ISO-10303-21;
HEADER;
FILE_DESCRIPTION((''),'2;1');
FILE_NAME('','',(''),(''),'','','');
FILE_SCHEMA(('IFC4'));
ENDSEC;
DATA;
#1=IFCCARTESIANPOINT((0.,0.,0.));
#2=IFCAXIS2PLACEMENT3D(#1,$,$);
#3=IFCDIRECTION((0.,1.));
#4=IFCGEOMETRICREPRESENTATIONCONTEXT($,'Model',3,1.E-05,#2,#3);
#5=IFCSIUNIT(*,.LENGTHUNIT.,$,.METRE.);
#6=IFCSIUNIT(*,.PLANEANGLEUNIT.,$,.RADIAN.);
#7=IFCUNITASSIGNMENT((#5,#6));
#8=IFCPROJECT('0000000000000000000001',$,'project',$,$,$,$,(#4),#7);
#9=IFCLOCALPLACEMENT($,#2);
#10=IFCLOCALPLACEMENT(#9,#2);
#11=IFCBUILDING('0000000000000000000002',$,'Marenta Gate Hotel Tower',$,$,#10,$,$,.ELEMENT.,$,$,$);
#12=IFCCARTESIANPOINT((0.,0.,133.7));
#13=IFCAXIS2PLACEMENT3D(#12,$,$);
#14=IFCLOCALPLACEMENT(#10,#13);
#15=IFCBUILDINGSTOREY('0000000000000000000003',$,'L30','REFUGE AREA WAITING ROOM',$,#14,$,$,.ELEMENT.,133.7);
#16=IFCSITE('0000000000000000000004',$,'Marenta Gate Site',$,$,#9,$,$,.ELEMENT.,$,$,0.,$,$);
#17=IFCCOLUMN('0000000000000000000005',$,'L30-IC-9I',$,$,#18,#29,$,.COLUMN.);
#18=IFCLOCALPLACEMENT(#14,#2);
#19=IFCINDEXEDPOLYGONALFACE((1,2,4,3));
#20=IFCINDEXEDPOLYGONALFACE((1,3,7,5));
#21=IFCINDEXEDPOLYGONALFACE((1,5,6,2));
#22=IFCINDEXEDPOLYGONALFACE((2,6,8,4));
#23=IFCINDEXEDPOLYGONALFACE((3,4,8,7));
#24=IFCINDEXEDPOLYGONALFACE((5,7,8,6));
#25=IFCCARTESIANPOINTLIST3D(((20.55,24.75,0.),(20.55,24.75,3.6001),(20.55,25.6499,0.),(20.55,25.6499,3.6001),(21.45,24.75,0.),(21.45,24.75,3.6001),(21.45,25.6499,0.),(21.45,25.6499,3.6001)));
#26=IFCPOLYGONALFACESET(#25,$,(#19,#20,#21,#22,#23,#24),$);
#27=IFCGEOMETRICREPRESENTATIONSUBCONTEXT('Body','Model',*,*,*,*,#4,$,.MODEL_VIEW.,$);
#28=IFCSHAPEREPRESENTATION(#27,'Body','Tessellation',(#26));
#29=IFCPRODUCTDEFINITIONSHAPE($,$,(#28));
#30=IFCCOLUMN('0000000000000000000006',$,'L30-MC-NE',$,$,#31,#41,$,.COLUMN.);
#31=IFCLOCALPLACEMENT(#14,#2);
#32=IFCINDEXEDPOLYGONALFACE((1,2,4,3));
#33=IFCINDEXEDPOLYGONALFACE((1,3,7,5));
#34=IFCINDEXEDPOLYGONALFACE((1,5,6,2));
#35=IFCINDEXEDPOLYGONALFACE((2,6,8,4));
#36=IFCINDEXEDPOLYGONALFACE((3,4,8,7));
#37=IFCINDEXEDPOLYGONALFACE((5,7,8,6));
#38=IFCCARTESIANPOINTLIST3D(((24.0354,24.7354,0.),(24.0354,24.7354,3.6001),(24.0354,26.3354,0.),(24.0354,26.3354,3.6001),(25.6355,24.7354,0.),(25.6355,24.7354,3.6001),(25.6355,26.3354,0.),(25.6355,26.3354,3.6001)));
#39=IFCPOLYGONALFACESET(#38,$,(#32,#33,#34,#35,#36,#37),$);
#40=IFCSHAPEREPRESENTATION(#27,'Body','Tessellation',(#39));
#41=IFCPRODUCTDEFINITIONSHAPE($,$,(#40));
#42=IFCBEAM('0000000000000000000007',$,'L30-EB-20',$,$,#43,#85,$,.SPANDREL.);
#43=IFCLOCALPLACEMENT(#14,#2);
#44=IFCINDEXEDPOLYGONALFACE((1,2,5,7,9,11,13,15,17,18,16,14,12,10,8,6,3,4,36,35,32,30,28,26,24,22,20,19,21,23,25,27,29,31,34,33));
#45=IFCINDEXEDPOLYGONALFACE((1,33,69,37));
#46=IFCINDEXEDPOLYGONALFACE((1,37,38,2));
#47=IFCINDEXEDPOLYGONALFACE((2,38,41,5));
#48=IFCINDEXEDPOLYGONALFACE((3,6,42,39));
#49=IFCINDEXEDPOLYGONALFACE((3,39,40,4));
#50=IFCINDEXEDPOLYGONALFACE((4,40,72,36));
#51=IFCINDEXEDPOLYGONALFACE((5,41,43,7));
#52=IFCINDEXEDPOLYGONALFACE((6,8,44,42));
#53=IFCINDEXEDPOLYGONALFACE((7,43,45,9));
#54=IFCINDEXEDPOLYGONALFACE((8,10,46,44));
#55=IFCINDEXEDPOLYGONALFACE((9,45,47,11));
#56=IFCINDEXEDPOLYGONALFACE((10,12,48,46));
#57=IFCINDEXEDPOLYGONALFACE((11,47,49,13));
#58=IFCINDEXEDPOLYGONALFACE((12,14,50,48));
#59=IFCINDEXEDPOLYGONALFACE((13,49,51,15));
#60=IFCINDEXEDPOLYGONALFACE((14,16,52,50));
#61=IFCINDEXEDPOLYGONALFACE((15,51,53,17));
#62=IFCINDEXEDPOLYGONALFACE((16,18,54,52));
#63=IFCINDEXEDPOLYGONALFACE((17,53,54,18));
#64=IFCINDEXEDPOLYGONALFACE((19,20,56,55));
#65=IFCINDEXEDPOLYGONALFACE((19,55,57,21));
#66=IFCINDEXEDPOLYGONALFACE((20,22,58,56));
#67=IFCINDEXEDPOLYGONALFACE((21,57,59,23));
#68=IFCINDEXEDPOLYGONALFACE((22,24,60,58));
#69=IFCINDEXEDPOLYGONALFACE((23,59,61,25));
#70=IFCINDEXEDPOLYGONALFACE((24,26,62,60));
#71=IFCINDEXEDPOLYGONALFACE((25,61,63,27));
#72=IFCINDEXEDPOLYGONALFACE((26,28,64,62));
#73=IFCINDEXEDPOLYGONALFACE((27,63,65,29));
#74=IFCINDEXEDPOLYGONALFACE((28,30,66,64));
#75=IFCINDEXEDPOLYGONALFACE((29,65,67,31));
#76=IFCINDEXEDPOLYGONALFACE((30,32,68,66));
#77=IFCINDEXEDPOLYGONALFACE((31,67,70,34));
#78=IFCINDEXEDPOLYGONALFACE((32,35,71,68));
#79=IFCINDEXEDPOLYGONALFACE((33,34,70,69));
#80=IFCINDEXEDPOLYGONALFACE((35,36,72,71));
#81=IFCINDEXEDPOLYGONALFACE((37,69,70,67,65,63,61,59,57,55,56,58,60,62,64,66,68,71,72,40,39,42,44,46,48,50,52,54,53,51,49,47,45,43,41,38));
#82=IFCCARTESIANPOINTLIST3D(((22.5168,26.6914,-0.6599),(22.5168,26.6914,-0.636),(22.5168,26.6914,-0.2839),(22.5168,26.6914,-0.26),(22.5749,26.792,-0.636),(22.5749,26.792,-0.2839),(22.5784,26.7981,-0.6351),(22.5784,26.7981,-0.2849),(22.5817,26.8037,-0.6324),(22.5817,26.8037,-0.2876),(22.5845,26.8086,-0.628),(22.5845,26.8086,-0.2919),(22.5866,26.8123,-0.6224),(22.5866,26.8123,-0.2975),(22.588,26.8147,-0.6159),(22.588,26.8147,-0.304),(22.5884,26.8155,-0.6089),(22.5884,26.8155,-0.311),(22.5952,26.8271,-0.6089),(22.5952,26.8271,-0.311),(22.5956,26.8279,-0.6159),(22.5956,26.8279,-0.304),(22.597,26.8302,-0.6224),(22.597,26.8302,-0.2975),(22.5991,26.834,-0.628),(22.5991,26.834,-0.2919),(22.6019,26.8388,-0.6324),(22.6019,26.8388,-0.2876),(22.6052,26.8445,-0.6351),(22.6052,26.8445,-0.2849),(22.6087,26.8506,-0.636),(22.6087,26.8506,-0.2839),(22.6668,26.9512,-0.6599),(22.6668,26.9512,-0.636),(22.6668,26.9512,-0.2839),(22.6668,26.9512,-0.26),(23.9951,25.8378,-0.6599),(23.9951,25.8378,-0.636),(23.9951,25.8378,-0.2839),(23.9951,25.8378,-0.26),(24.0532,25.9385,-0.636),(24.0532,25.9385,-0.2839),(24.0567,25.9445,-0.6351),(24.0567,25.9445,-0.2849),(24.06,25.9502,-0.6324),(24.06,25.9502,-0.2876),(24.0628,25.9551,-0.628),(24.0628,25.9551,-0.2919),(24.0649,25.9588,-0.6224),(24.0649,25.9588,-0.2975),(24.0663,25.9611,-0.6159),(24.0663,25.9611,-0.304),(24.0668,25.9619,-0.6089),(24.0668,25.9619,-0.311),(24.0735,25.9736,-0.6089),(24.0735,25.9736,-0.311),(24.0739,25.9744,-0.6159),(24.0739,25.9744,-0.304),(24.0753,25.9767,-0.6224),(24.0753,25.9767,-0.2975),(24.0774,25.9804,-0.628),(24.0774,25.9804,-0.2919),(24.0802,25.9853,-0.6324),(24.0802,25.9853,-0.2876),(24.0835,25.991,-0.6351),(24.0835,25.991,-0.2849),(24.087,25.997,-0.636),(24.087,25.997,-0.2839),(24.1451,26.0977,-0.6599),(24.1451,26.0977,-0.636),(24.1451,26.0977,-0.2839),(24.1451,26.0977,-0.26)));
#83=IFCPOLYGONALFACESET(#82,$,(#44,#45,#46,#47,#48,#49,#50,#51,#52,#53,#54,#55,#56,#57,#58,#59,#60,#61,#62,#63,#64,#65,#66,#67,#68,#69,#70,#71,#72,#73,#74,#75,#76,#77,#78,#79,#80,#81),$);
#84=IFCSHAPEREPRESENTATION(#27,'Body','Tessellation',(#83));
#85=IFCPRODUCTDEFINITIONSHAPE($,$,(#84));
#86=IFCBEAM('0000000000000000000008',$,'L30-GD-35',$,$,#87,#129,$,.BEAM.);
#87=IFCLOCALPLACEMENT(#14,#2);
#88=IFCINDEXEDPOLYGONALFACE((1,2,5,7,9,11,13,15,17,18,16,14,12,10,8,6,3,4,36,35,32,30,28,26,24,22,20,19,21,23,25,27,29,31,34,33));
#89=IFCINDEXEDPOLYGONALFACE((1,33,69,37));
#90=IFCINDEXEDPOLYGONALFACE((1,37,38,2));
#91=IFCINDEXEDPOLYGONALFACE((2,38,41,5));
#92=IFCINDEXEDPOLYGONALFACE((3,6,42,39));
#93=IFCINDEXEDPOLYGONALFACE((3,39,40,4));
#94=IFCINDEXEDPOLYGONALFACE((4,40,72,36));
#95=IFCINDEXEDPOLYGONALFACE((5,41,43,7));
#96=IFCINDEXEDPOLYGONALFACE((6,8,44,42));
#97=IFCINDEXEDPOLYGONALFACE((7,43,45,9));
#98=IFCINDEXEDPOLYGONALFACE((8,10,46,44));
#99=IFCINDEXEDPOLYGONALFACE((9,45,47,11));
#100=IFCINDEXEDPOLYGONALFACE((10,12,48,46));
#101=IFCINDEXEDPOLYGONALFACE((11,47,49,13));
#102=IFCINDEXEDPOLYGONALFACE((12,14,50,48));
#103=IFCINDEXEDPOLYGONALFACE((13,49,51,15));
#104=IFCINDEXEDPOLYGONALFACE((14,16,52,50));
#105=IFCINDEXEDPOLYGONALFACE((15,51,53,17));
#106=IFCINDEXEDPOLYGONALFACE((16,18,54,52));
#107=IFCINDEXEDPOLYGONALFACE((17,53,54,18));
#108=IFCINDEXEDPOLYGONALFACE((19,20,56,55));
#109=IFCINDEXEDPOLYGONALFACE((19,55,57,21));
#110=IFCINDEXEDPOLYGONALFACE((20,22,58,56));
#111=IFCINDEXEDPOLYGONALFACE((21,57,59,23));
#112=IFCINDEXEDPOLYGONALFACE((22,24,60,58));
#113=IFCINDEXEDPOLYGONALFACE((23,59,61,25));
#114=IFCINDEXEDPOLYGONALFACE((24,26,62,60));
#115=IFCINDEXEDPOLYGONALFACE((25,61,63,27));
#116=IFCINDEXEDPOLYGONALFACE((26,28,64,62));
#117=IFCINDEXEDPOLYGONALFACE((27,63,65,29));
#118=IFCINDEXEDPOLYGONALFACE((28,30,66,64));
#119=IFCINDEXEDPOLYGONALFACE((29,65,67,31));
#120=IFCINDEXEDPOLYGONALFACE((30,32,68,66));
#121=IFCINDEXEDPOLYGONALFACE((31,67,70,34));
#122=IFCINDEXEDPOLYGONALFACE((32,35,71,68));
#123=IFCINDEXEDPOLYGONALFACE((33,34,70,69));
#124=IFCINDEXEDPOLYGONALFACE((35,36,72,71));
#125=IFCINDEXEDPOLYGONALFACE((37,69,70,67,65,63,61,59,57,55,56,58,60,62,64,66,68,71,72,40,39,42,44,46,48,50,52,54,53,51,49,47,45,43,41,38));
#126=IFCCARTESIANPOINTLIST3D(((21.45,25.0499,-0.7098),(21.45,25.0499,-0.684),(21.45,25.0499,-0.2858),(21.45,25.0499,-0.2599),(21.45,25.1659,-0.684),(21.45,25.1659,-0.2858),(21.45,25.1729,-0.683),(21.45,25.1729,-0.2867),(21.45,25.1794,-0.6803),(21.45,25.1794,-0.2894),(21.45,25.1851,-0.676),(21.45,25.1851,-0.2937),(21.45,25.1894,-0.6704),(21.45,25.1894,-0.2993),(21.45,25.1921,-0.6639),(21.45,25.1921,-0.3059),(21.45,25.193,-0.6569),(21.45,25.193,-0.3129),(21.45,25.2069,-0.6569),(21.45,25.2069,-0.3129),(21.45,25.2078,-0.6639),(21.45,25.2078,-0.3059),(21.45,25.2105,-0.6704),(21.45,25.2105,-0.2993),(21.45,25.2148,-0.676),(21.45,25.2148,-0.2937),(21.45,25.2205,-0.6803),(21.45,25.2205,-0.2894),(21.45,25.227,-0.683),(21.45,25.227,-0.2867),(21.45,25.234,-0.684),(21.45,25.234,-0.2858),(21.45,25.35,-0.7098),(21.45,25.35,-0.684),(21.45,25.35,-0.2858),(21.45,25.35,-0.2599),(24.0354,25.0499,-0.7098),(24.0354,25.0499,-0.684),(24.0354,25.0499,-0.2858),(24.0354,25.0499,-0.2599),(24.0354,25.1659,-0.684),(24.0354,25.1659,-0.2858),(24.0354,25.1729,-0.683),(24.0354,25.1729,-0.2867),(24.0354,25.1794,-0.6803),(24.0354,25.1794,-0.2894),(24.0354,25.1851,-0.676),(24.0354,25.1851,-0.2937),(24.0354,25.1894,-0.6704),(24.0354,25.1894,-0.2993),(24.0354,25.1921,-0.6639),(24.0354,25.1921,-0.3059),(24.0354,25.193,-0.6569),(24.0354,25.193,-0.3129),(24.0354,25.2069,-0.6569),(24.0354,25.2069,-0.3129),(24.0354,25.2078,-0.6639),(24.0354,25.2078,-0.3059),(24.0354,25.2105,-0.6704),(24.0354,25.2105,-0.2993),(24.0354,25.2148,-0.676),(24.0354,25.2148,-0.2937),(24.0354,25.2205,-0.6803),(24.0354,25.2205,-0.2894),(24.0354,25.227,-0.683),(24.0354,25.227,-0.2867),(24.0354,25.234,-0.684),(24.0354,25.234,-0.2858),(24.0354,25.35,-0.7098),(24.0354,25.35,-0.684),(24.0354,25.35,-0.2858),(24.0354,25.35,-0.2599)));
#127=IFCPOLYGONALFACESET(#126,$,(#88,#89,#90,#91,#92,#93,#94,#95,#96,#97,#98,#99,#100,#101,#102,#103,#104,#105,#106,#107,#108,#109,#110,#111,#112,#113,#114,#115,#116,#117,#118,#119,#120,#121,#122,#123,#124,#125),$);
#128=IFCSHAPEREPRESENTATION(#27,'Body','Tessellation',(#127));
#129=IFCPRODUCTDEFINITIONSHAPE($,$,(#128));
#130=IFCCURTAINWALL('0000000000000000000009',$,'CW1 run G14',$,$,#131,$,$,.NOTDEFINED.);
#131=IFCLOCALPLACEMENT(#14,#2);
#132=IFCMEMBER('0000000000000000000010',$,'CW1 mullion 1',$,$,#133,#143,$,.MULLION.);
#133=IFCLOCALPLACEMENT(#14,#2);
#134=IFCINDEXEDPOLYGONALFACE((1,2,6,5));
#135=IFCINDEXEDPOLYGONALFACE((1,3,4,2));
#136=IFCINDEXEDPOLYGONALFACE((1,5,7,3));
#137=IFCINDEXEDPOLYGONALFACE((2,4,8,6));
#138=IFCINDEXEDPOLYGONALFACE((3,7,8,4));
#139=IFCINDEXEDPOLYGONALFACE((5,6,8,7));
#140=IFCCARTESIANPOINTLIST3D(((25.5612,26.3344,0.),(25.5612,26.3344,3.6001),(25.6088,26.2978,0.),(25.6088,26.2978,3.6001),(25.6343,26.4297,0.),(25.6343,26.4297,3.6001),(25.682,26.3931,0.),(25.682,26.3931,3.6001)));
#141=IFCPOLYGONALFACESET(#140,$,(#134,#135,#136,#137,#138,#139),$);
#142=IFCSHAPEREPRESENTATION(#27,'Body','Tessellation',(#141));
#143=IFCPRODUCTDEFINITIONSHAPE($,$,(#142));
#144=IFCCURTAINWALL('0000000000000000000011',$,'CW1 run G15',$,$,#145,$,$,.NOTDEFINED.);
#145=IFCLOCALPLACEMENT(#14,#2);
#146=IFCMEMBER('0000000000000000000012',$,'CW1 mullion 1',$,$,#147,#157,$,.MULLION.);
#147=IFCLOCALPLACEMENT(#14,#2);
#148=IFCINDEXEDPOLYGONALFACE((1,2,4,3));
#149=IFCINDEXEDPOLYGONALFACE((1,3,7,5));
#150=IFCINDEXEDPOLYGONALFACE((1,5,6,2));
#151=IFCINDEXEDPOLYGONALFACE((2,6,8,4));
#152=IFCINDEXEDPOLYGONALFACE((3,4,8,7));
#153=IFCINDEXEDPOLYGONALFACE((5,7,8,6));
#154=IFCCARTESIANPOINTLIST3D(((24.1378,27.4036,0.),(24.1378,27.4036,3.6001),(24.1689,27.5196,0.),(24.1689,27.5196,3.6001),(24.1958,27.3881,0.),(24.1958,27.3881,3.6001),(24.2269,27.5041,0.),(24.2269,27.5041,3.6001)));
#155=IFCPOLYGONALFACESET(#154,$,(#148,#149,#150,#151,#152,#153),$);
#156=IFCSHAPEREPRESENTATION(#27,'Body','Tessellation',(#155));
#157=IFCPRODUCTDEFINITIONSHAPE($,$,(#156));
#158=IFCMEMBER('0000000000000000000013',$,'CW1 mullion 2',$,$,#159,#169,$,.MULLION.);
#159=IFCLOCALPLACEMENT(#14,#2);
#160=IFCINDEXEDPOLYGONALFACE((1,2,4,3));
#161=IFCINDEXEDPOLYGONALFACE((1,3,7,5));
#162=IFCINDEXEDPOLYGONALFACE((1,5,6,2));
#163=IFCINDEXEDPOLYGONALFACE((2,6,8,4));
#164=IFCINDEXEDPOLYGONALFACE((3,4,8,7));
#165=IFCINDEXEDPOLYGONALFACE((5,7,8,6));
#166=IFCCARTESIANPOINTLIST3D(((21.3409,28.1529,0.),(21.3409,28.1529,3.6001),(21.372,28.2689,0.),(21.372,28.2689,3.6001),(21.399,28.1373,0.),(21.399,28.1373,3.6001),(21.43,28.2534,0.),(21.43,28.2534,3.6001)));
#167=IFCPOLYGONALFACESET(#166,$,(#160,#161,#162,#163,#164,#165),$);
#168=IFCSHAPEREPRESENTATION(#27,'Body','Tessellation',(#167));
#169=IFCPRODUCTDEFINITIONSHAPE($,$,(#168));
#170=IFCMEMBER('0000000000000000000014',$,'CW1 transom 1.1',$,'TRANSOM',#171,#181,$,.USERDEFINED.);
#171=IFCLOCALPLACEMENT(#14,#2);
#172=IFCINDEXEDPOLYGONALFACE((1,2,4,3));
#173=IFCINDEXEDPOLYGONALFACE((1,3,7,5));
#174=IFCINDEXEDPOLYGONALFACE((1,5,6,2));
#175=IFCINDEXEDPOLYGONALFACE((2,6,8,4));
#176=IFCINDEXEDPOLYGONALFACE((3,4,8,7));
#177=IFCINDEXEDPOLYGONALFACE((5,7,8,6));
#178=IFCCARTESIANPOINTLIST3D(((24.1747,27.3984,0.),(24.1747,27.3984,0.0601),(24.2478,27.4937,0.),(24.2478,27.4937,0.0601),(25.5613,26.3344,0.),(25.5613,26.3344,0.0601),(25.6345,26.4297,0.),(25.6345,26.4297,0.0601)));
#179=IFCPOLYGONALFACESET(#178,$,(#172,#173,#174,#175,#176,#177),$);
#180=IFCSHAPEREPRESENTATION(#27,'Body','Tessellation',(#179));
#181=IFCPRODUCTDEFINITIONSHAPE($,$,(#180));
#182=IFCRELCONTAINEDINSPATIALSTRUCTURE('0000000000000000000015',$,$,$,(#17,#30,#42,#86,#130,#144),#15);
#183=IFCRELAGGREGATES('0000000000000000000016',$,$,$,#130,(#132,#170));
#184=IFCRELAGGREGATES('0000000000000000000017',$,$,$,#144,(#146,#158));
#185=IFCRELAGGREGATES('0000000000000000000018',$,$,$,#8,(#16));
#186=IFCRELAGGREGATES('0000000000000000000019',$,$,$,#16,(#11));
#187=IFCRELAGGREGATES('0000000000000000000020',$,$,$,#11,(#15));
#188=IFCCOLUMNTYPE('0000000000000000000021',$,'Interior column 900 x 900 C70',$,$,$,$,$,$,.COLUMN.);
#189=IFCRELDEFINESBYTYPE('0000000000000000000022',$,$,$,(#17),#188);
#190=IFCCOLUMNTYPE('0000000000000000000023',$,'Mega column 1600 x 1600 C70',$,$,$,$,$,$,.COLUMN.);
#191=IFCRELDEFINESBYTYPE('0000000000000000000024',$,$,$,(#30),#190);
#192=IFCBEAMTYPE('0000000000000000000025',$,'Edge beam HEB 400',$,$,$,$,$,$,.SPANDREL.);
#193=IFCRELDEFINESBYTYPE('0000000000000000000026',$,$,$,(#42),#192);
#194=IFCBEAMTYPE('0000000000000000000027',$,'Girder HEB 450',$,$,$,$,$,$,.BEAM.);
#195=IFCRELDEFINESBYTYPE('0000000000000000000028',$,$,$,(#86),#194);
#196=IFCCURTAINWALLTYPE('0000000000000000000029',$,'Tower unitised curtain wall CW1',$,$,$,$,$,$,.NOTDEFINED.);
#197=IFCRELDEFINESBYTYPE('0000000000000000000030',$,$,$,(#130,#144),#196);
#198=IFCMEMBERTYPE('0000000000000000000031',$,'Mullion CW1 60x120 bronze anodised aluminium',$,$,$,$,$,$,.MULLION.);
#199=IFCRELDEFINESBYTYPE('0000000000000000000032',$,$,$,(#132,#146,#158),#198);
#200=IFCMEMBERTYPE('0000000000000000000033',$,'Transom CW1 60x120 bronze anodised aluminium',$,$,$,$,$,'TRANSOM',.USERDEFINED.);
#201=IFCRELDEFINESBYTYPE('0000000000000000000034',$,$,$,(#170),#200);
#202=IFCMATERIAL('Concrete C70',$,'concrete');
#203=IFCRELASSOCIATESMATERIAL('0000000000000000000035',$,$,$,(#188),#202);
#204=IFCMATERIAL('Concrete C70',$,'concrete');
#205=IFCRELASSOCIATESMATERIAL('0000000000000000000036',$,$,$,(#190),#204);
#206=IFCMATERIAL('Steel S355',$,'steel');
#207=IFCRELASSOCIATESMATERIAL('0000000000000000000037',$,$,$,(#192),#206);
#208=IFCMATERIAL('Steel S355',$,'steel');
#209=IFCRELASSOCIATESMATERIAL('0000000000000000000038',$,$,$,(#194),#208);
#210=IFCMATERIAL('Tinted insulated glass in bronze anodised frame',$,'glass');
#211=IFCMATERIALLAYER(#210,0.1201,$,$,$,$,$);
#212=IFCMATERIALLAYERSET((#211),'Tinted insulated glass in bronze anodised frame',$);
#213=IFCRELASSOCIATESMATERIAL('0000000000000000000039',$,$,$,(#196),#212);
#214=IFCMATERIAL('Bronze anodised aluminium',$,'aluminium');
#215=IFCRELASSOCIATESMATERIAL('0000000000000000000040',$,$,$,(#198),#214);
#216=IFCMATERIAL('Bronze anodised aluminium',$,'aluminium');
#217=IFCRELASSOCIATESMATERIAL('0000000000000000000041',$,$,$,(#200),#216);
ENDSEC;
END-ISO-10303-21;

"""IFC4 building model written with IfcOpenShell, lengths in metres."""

from ifc_helpers import new_model, si_unit, direction, frame, origin, origin_2d, place, context, subcontext, project, spatial, rectangle, i_section, extrude, material, layer, layer_set, material_profile, profile_set, type_object, element, aggregate, save


model = new_model("IFC4")

# Units and contexts
model_context = context("Model", 3, precision=1e-05, world=origin(), true_north=direction((0.0, 1.0)))
body_context = subcontext(model_context, "Body", "Model", "MODEL_VIEW")
ifc_project = project(units=[si_unit("LENGTHUNIT", "METRE"), si_unit("PLANEANGLEUNIT", "RADIAN")], contexts=[model_context])

# Site, building, storey
site_placement = place(None, origin())
site = spatial("IfcSite", under=ifc_project, at=site_placement, Name="Marenta Gate Site", CompositionType="ELEMENT", RefElevation=0.0)
building_placement = place(site_placement, origin())
building = spatial("IfcBuilding", under=site, at=building_placement, Name="Marenta Gate Hotel Tower", CompositionType="ELEMENT")
storey_placement = place(building_placement, frame((0.0, 0.0, 133.7)))
storey = spatial("IfcBuildingStorey", under=building, at=storey_placement, Name="L30", Description="REFUGE AREA WAITING ROOM", CompositionType="ELEMENT", Elevation=133.7)

# Columns
ifc_material_1 = material(Name="Concrete C70", Category="concrete")
ifc_material_profile_1 = material_profile(ifc_material_1, rectangle(XDim=0.8999, YDim=0.8999, at=origin_2d()), Name="900 x 900")
ifc_profile_set_1 = profile_set([ifc_material_profile_1], Name="Concrete C70")
column_type_1 = type_object("IfcColumnType", Name="Interior column 900 x 900 C70", PredefinedType="COLUMN", material=ifc_profile_set_1)
column_1_placement = place(storey_placement, frame((21.0, 25.2, 0.0), z_axis=(0.0, 0.0, 1.0), x_axis=(1.0, 0.0, 0.0)))
element("IfcColumn", 1, at=column_1_placement, inside=storey, type_object=column_type_1, Name="L30-IC-9I", PredefinedType="COLUMN", context=body_context, shape_type="SweptSolid", body=[
    extrude(rectangle(XDim=0.8999, YDim=0.8999, at=origin_2d()), origin(), (0.0, 0.0, 1.0), 3.6001),
])
ifc_material_2 = material(Name="Concrete C70", Category="concrete")
ifc_material_profile_2 = material_profile(ifc_material_2, rectangle(XDim=1.6001, YDim=1.6001, at=origin_2d()), Name="1600 x 1600")
ifc_profile_set_2 = profile_set([ifc_material_profile_2], Name="Concrete C70")
column_type_2 = type_object("IfcColumnType", Name="Mega column 1600 x 1600 C70", PredefinedType="COLUMN", material=ifc_profile_set_2)
column_2_placement = place(storey_placement, frame((24.8354, 25.5354, 0.0), z_axis=(0.0, 0.0, 1.0), x_axis=(1.0, 0.0, 0.0)))
element("IfcColumn", 2, at=column_2_placement, inside=storey, type_object=column_type_2, Name="L30-MC-NE", PredefinedType="COLUMN", context=body_context, shape_type="SweptSolid", body=[
    extrude(rectangle(XDim=1.6001, YDim=1.6001, at=origin_2d()), origin(), (0.0, 0.0, 1.0), 3.6001),
])

# Beams
ifc_material_3 = material(Name="Steel S355", Category="steel")
ifc_material_profile_3 = material_profile(ifc_material_3, i_section(OverallWidth=0.3, OverallDepth=0.3999, WebThickness=0.0134, FlangeThickness=0.0239, FilletRadius=0.0271, at=origin_2d()), Name="HEB 400")
ifc_profile_set_3 = profile_set([ifc_material_profile_3], Name="Steel S355")
beam_type_1 = type_object("IfcBeamType", Name="Edge beam HEB 400", PredefinedType="SPANDREL", material=ifc_profile_set_3)
beam_1_placement = place(storey_placement, frame((22.5918, 26.8213, -0.46), z_axis=(0.866016, -0.500015, 0.0), x_axis=(0.500015, 0.866016, 0.0)))
element("IfcBeam", 3, at=beam_1_placement, inside=storey, type_object=beam_type_1, Name="L30-EB-20", PredefinedType="SPANDREL", context=body_context, shape_type="SweptSolid", body=[
    extrude(i_section(OverallWidth=0.3, OverallDepth=0.3999, WebThickness=0.0134, FlangeThickness=0.0239, FilletRadius=0.0271, at=origin_2d()), origin(), (0.0, 0.0, 1.0), 1.707),
])
ifc_material_4 = material(Name="Steel S355", Category="steel")
ifc_material_profile_4 = material_profile(ifc_material_4, i_section(OverallWidth=0.3, OverallDepth=0.45, WebThickness=0.0139, FlangeThickness=0.0259, FilletRadius=0.0271, at=origin_2d()), Name="HEB 450")
ifc_profile_set_4 = profile_set([ifc_material_profile_4], Name="Steel S355")
beam_type_2 = type_object("IfcBeamType", Name="Girder HEB 450", PredefinedType="BEAM", material=ifc_profile_set_4)
beam_2_placement = place(storey_placement, frame((21.45, 25.2, -0.4849), z_axis=(1.0, 0.0, 0.0), x_axis=(0.0, 1.0, 0.0)))
element("IfcBeam", 4, at=beam_2_placement, inside=storey, type_object=beam_type_2, Name="L30-GD-35", PredefinedType="BEAM", context=body_context, shape_type="SweptSolid", body=[
    extrude(i_section(OverallWidth=0.3, OverallDepth=0.45, WebThickness=0.0139, FlangeThickness=0.0259, FilletRadius=0.0271, at=origin_2d()), origin(), (0.0, 0.0, 1.0), 2.5854),
])

# Curtain wall, member
ifc_material_5 = material(Name="Tinted insulated glass in bronze anodised frame", Category="glass")
ifc_layer_1 = layer(ifc_material_5, 0.1201)
ifc_layer_set_1 = layer_set([ifc_layer_1], Name="Tinted insulated glass in bronze anodised frame")
curtain_wall_type = type_object("IfcCurtainWallType", Name="Tower unitised curtain wall CW1", PredefinedType="NOTDEFINED", material=ifc_layer_set_1)
curtain_wall_1_placement = place(storey_placement, origin())
curtain_wall_1 = element("IfcCurtainWall", 5, at=curtain_wall_1_placement, inside=storey, type_object=curtain_wall_type, Name="CW1 run G14", PredefinedType="NOTDEFINED")
ifc_material_6 = material(Name="Bronze anodised aluminium", Category="aluminium")
ifc_material_profile_5 = material_profile(ifc_material_6, rectangle(XDim=0.1201, YDim=0.0601, at=origin_2d()), Name="Mullion CW1 60x120 bronze anodised aluminium")
ifc_profile_set_5 = profile_set([ifc_material_profile_5], Name="Bronze anodised aluminium")
member_type_1 = type_object("IfcMemberType", Name="Mullion CW1 60x120 bronze anodised aluminium", PredefinedType="MULLION", material=ifc_profile_set_5)
member_1_placement = place(storey_placement, frame((25.6216, 26.3638, 0.0), z_axis=(0.0, 0.0, 1.0), x_axis=(-0.608796, -0.793327, 0.0)))
member_1 = element("IfcMember", 6, at=member_1_placement, type_object=member_type_1, Name="CW1 mullion 1", PredefinedType="MULLION", context=body_context, shape_type="SweptSolid", body=[
    extrude(rectangle(XDim=0.1201, YDim=0.0601, at=origin_2d()), origin(), (0.0, 0.0, 1.0), 3.6001),
])

# Curtain wall, members
curtain_wall_2_placement = place(storey_placement, origin())
curtain_wall_2 = element("IfcCurtainWall", 7, at=curtain_wall_2_placement, inside=storey, type_object=curtain_wall_type, Name="CW1 run G15", PredefinedType="NOTDEFINED")
member_2_placement = place(storey_placement, frame((24.1824, 27.4539, 0.0), z_axis=(0.0, 0.0, 1.0), x_axis=(-0.258806, -0.965929, 0.0)))
member_2 = element("IfcMember", 8, at=member_2_placement, type_object=member_type_1, Name="CW1 mullion 1", PredefinedType="MULLION", context=body_context, shape_type="SweptSolid", body=[
    extrude(rectangle(XDim=0.1201, YDim=0.0601, at=origin_2d()), origin(), (0.0, 0.0, 1.0), 3.6001),
])
member_3_placement = place(storey_placement, frame((21.3855, 28.2031, 0.0), z_axis=(0.0, 0.0, 1.0), x_axis=(-0.258806, -0.965929, 0.0)))
member_3 = element("IfcMember", 9, at=member_3_placement, type_object=member_type_1, Name="CW1 mullion 2", PredefinedType="MULLION", context=body_context, shape_type="SweptSolid", body=[
    extrude(rectangle(XDim=0.1201, YDim=0.0601, at=origin_2d()), origin(), (0.0, 0.0, 1.0), 3.6001),
])

# Member
ifc_material_7 = material(Name="Bronze anodised aluminium", Category="aluminium")
ifc_material_profile_6 = material_profile(ifc_material_7, rectangle(XDim=0.1201, YDim=0.0601, at=origin_2d()), Name="Transom CW1 60x120 bronze anodised aluminium")
ifc_profile_set_6 = profile_set([ifc_material_profile_6], Name="Bronze anodised aluminium")
member_type_2 = type_object("IfcMemberType", Name="Transom CW1 60x120 bronze anodised aluminium", ElementType="TRANSOM", PredefinedType="USERDEFINED", material=ifc_profile_set_6)
member_4_placement = place(storey_placement, frame((25.5979, 26.3821, 0.03), z_axis=(-0.793381, 0.608725, 0.0), x_axis=(-0.608725, -0.793381, 0.0)))
member_4 = element("IfcMember", 10, at=member_4_placement, type_object=member_type_2, Name="CW1 transom 1.1", ObjectType="TRANSOM", PredefinedType="USERDEFINED", context=body_context, shape_type="SweptSolid", body=[
    extrude(rectangle(XDim=0.1201, YDim=0.0601, at=origin_2d()), origin(), (0.0, 0.0, 1.0), 1.7478),
])

aggregate(curtain_wall_1, [member_1, member_4])
aggregate(curtain_wall_2, [member_2, member_3])

save(model, "model.ifc")
